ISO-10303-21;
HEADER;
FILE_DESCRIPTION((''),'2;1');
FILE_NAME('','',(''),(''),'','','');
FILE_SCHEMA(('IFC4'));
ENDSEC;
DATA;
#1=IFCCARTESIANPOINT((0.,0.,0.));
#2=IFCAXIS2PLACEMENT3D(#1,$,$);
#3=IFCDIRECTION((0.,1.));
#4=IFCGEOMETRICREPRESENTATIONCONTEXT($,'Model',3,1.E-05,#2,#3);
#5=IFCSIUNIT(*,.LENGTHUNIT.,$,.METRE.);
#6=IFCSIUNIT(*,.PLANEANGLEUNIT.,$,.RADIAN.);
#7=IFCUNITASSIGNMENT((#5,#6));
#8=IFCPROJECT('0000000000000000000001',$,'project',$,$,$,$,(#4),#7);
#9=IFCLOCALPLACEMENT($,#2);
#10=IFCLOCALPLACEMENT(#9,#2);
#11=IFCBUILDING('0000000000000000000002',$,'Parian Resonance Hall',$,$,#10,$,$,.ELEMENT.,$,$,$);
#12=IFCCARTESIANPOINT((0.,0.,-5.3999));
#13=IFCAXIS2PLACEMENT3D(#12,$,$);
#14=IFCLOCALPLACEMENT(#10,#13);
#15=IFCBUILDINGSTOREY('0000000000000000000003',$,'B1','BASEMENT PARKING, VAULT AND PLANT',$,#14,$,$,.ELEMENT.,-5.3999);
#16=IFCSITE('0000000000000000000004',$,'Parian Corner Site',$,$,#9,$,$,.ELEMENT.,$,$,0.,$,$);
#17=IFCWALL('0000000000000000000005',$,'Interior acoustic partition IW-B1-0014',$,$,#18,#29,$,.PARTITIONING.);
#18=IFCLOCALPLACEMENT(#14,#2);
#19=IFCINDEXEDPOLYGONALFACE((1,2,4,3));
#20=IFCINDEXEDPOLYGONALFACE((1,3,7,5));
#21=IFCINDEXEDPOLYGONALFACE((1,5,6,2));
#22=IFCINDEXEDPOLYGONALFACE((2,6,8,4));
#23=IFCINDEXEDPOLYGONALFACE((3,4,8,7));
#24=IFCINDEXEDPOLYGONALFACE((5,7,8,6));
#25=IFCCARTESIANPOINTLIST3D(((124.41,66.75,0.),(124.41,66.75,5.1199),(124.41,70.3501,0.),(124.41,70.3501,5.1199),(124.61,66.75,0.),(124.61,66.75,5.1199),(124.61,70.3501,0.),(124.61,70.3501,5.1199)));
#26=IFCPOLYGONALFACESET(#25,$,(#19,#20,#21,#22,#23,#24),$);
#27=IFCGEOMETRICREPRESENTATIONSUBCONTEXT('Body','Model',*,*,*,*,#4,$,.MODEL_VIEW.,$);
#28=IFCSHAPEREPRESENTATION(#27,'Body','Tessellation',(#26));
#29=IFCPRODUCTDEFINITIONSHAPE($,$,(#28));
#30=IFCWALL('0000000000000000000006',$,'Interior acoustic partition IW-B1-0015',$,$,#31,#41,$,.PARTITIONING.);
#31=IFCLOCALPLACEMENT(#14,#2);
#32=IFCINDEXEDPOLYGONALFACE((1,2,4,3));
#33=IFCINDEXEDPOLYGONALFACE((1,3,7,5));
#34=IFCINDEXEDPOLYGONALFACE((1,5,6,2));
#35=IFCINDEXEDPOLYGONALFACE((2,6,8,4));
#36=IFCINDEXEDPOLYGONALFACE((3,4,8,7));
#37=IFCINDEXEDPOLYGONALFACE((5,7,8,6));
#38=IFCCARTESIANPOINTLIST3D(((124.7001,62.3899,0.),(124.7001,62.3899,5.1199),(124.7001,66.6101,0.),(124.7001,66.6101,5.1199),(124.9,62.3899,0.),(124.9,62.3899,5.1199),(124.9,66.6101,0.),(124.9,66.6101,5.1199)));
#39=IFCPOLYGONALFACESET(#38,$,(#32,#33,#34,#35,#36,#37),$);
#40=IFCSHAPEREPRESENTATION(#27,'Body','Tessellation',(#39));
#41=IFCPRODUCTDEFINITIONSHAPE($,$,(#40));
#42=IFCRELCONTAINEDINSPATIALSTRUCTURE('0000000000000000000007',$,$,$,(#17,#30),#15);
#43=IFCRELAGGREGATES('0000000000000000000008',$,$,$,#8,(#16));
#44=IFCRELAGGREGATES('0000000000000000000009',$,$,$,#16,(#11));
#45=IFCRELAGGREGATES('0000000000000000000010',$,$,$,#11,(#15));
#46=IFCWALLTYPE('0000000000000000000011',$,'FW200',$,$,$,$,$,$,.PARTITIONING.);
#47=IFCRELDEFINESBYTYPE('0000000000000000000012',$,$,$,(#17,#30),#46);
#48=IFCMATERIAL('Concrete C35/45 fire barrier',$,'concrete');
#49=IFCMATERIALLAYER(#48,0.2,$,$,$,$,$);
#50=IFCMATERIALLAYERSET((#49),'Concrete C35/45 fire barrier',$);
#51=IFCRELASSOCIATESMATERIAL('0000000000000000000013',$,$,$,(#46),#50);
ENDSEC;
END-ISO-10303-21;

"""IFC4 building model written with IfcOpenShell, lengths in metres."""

from ifc_helpers import new_model, si_unit, direction, frame, frame_2d, origin, place, context, subcontext, project, spatial, rectangle, extrude, material, layer, layer_set, type_object, element, save


model = new_model("IFC4")

# Units and contexts
model_context = context("Model", 3, precision=1e-05, world=origin(), true_north=direction((0.0, 1.0)))
body_context = subcontext(model_context, "Body", "Model", "MODEL_VIEW")
ifc_project = project(units=[si_unit("LENGTHUNIT", "METRE"), si_unit("PLANEANGLEUNIT", "RADIAN")], contexts=[model_context])

# Site, building, storey
site_placement = place(None, origin())
site = spatial("IfcSite", under=ifc_project, at=site_placement, Name="Parian Corner Site", CompositionType="ELEMENT", RefElevation=0.0)
building_placement = place(site_placement, origin())
building = spatial("IfcBuilding", under=site, at=building_placement, Name="Parian Resonance Hall", CompositionType="ELEMENT")
storey_placement = place(building_placement, frame((0.0, 0.0, -5.3999)))
storey = spatial("IfcBuildingStorey", under=building, at=storey_placement, Name="B1", Description="BASEMENT PARKING, VAULT AND PLANT", CompositionType="ELEMENT", Elevation=-5.3999)

# Walls
ifc_material_1 = material(Name="Concrete C35/45 fire barrier", Category="concrete")
ifc_layer_1 = layer(ifc_material_1, 0.2)
ifc_layer_set_1 = layer_set([ifc_layer_1], Name="Concrete C35/45 fire barrier")
wall_type_1 = type_object("IfcWallType", Name="FW200", PredefinedType="PARTITIONING", material=ifc_layer_set_1)
wall_1_placement = place(storey_placement, frame((124.51, 70.3501, 0.0), z_axis=(0.0, 0.0, 1.0), x_axis=(0.0, -1.0, 0.0)))
element("IfcWall", 1, at=wall_1_placement, inside=storey, type_object=wall_type_1, Name="Interior acoustic partition IW-B1-0014", PredefinedType="PARTITIONING", context=body_context, shape_type="SweptSolid", body=[
    extrude(rectangle(XDim=3.6001, YDim=0.2, at=frame_2d((1.8, 0.0))), origin(), (0.0, 0.0, 1.0), 5.1199),
])
wall_2_placement = place(storey_placement, frame((124.8, 66.6101, 0.0), z_axis=(0.0, 0.0, 1.0), x_axis=(0.0, -1.0, 0.0)))
element("IfcWall", 2, at=wall_2_placement, inside=storey, type_object=wall_type_1, Name="Interior acoustic partition IW-B1-0015", PredefinedType="PARTITIONING", context=body_context, shape_type="SweptSolid", body=[
    extrude(rectangle(XDim=4.2202, YDim=0.2, at=frame_2d((2.1101, 0.0))), origin(), (0.0, 0.0, 1.0), 5.1199),
])

save(model, "model.ifc")
